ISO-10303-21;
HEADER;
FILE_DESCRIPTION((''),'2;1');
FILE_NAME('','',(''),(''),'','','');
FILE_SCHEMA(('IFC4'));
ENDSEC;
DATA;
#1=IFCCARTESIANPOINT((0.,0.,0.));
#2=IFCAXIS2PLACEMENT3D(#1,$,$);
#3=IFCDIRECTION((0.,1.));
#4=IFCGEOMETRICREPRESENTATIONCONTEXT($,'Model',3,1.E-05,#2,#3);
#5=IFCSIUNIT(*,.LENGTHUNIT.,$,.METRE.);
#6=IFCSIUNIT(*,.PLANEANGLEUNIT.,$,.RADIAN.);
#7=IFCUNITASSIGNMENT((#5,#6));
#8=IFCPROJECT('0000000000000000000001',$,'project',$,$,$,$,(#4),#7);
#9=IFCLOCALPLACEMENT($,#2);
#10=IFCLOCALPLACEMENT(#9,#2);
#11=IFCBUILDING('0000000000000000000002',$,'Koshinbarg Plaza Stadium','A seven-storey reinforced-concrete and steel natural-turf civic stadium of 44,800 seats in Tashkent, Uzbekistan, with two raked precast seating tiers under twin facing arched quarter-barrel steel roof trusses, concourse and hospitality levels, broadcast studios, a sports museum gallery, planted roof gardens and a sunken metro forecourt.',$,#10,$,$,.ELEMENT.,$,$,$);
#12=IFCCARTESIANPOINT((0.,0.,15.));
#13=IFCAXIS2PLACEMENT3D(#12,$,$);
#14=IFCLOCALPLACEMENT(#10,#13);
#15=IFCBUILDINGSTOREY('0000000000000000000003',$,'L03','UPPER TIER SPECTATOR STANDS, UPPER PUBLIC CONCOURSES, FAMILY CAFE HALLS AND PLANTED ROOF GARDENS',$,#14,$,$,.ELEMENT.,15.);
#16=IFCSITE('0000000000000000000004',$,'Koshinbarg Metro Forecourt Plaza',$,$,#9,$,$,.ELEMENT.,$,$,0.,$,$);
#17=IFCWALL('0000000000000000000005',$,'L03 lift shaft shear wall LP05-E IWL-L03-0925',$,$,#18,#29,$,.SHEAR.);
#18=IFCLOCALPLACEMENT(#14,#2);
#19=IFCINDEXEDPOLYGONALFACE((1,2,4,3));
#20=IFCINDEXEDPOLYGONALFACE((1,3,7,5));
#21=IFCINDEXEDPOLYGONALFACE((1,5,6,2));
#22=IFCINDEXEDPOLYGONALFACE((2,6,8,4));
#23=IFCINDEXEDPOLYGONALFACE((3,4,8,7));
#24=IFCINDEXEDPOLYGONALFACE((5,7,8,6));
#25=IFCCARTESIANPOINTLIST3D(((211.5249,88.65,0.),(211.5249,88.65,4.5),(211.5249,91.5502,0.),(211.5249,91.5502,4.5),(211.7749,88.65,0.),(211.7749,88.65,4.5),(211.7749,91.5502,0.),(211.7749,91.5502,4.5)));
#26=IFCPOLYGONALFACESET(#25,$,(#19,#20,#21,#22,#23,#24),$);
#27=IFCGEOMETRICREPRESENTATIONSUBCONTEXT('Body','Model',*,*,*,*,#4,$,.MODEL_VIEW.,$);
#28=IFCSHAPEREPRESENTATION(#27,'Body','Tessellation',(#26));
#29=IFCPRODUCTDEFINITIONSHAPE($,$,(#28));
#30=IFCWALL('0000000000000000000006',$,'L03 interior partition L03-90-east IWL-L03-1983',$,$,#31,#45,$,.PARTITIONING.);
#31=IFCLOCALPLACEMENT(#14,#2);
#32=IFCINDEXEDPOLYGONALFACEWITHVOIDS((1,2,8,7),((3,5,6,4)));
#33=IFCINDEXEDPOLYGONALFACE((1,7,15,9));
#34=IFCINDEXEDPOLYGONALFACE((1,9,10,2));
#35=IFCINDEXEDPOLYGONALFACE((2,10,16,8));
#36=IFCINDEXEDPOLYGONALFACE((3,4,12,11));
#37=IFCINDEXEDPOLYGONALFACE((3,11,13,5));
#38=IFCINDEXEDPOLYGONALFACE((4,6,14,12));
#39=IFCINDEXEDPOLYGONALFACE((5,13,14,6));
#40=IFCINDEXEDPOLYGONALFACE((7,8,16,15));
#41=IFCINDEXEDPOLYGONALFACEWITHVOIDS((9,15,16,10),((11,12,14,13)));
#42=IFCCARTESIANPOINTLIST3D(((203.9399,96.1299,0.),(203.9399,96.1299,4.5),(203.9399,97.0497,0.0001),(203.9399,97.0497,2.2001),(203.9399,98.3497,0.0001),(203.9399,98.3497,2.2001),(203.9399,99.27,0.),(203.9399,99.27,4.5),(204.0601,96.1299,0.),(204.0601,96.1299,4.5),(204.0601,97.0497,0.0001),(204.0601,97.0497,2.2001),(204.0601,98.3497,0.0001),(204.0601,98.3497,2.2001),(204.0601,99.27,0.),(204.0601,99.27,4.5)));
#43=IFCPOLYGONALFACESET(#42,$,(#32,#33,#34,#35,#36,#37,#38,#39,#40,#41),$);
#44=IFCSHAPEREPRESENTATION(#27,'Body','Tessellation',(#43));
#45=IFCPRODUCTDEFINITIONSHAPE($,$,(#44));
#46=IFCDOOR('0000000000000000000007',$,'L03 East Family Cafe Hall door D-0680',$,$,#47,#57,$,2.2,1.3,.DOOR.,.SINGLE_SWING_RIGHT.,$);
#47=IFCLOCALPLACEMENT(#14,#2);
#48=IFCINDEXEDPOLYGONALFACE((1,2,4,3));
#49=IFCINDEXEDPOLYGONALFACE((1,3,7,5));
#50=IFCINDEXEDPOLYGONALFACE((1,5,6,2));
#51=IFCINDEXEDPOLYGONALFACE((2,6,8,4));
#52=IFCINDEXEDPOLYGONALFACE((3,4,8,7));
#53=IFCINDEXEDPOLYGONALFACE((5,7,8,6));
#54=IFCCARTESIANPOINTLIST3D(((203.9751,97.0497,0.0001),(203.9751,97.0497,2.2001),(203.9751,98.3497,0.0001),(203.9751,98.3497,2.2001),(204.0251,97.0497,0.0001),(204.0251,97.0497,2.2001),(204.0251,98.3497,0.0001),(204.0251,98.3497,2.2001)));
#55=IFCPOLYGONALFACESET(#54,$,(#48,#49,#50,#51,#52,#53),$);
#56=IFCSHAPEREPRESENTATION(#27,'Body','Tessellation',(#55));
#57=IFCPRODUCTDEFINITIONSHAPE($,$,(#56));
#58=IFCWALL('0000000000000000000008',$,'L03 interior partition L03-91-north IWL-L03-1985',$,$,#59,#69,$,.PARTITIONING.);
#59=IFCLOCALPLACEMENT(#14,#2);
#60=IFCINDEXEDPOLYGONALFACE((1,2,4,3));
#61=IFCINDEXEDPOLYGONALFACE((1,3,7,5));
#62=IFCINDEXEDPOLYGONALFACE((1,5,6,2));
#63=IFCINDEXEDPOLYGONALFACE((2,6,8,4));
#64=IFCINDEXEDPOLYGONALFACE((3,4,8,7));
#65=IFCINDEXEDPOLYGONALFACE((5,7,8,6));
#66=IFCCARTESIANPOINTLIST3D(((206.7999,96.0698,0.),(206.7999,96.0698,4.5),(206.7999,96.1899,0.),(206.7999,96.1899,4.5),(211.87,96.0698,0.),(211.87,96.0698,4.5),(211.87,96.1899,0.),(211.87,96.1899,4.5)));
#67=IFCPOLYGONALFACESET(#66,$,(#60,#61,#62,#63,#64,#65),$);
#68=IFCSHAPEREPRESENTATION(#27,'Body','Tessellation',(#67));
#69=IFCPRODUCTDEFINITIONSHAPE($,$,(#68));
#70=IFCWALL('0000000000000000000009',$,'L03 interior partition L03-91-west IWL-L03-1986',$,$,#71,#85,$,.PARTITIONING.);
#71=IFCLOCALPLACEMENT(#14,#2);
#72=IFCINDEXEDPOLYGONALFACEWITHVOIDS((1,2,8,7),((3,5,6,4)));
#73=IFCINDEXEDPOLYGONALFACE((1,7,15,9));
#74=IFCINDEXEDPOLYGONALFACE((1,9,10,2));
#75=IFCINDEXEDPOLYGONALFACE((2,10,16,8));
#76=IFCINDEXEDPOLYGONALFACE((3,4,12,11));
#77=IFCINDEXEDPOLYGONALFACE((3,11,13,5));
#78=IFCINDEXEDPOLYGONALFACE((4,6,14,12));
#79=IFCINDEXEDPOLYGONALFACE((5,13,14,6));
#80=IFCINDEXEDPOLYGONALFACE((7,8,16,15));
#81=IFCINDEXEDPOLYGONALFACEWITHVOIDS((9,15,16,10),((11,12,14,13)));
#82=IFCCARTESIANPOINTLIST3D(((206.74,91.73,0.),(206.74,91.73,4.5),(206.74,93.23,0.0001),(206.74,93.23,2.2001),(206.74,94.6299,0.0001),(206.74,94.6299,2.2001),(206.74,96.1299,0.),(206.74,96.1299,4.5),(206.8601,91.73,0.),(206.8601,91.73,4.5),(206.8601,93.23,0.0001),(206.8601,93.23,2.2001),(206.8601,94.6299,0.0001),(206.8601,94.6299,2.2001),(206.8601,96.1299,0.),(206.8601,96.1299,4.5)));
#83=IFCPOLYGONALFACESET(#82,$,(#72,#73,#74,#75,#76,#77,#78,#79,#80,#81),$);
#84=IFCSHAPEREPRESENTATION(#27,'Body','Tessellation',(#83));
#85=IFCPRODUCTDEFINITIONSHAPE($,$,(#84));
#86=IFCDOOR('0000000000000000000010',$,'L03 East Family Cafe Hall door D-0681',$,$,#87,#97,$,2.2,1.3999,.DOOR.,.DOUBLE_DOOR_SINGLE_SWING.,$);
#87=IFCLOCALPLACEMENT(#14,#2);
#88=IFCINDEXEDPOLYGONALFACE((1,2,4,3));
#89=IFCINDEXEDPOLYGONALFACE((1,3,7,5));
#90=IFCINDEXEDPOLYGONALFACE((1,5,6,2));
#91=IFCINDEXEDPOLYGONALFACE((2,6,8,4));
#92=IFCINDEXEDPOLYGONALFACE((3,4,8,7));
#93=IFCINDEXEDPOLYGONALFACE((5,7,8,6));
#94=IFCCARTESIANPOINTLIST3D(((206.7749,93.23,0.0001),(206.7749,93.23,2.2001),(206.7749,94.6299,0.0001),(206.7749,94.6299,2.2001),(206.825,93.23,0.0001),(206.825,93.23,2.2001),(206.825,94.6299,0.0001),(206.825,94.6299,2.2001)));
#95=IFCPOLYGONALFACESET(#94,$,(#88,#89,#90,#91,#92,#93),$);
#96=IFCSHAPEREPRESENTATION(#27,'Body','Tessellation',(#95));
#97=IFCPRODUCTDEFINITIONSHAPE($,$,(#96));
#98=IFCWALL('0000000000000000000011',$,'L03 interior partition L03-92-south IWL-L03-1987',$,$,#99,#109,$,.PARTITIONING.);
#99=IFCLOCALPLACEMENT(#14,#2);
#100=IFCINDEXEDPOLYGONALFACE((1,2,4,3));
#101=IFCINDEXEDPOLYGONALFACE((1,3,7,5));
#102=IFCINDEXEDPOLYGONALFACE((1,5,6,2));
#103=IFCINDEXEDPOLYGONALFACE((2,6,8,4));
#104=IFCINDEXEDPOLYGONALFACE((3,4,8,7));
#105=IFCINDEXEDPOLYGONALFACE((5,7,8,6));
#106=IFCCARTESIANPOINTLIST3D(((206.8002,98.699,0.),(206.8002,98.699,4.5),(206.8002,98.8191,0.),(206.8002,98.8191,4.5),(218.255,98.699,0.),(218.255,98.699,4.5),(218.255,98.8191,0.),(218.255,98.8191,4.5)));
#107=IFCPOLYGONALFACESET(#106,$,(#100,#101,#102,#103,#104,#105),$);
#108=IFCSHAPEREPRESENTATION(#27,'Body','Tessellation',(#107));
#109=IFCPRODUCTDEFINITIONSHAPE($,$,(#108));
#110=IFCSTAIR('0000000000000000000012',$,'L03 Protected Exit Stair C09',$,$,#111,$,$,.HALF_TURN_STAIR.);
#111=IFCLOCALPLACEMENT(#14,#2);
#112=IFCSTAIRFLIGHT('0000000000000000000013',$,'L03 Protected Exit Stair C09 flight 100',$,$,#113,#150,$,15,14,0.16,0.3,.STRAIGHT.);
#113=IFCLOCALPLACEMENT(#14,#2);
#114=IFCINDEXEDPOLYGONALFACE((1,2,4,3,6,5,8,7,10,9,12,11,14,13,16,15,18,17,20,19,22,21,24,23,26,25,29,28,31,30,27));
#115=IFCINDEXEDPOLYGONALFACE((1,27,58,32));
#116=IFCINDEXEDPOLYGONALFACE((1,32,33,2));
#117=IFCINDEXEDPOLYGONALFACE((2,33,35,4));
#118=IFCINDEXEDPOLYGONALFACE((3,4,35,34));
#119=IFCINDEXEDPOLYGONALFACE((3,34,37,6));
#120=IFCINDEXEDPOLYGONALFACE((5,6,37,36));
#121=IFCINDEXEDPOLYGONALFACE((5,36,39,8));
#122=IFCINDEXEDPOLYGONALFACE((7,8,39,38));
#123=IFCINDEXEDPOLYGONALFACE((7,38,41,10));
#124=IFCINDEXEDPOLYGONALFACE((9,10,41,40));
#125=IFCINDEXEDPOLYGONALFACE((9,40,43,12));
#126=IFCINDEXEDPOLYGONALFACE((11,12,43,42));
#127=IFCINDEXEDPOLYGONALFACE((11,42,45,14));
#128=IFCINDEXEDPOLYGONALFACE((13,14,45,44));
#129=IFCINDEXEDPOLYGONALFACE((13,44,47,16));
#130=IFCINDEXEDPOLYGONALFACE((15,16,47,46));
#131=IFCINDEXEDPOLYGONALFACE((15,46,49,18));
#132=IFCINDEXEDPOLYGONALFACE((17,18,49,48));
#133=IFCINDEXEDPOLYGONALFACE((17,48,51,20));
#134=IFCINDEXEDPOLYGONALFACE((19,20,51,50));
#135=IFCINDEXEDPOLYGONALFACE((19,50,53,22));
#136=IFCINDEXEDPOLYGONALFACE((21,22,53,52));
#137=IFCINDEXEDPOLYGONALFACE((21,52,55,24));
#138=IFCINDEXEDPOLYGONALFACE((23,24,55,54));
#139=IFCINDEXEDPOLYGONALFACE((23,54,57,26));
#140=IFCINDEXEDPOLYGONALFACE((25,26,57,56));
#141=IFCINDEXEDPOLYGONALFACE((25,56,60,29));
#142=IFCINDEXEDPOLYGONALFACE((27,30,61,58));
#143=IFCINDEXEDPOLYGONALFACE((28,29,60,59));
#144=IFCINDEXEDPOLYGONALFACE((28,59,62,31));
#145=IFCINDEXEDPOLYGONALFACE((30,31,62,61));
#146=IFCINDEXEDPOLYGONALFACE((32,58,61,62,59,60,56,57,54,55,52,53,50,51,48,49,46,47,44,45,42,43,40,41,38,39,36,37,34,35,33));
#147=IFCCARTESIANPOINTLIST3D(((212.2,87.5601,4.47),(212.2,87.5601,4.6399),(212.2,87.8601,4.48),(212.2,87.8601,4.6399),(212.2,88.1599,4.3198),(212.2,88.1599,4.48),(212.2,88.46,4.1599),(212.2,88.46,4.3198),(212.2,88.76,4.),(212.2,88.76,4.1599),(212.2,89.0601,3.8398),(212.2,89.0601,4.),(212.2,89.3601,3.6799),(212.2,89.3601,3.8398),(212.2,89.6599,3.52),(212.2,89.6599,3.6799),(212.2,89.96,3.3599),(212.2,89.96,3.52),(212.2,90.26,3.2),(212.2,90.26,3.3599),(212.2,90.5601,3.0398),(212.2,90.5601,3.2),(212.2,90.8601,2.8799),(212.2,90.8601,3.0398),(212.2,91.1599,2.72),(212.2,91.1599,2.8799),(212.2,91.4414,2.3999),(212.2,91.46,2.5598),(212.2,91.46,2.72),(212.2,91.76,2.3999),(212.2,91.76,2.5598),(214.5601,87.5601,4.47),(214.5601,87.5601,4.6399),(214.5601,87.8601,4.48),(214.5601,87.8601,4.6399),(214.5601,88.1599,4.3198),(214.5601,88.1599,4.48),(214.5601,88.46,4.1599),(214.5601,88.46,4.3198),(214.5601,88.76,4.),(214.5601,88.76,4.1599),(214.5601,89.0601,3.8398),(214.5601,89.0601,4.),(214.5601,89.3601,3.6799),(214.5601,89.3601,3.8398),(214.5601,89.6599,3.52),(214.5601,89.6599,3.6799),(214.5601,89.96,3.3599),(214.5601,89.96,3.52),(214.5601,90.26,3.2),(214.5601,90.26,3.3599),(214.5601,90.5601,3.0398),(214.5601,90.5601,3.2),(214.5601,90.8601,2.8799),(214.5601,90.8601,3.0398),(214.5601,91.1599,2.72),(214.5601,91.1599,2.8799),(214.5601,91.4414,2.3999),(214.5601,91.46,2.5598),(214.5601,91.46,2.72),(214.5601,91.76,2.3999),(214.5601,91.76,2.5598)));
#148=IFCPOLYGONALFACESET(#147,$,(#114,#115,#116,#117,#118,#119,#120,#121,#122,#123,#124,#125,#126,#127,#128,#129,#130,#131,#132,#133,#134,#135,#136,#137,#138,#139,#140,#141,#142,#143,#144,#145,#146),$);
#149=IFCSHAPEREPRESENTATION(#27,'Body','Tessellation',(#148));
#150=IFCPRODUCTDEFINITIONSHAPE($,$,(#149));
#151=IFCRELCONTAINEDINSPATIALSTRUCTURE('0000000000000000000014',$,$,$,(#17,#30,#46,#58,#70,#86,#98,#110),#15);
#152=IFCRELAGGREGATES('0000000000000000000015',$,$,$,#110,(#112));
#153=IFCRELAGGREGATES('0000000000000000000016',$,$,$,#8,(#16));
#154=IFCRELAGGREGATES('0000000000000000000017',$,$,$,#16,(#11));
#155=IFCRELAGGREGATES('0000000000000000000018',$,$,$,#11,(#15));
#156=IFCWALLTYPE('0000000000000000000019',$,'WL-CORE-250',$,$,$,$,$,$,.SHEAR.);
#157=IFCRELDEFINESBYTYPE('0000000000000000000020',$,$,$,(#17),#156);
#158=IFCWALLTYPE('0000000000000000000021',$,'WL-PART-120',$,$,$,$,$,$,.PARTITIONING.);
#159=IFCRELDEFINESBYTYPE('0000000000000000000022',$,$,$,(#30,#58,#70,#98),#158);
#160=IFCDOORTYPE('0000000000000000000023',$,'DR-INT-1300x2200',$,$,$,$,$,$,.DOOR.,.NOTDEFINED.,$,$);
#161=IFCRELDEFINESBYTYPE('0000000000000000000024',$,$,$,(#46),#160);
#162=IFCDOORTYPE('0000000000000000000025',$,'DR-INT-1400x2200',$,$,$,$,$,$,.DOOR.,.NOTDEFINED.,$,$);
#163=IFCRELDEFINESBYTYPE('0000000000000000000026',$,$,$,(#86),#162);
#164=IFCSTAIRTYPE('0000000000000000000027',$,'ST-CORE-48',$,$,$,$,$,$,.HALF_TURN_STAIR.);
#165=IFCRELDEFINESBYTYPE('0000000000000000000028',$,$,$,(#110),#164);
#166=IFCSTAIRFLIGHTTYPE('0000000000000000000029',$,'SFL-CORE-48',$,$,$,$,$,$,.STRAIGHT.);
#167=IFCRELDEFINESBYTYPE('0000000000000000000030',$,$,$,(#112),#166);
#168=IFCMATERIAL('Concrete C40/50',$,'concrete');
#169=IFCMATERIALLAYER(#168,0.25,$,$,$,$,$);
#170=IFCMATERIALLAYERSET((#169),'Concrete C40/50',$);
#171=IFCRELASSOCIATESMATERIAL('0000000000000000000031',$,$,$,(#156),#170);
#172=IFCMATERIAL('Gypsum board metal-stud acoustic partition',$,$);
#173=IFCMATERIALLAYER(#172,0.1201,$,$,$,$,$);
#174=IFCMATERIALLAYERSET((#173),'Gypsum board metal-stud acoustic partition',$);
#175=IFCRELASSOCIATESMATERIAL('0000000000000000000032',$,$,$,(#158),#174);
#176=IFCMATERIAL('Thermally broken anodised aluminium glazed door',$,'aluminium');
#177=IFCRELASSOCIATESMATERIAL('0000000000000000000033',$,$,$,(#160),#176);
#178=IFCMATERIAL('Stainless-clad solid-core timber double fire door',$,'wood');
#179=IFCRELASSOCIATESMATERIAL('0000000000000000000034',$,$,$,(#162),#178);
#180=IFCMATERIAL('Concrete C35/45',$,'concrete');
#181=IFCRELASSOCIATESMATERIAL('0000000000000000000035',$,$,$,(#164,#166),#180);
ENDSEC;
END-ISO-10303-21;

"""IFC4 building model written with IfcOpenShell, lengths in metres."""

from ifc_helpers import new_model, si_unit, direction, frame, frame_2d, origin, place, context, subcontext, project, spatial, polyline, rectangle, outline, extrude, material, layer, layer_set, type_object, element, fill, aggregate, save


model = new_model("IFC4")

# Units and contexts
model_context = context("Model", 3, precision=1e-05, world=origin(), true_north=direction((0.0, 1.0)))
body_context = subcontext(model_context, "Body", "Model", "MODEL_VIEW")
ifc_project = project(units=[si_unit("LENGTHUNIT", "METRE"), si_unit("PLANEANGLEUNIT", "RADIAN")], contexts=[model_context])

# Site, building, storey
site_placement = place(None, origin())
site = spatial("IfcSite", under=ifc_project, at=site_placement, Name="Koshinbarg Metro Forecourt Plaza", CompositionType="ELEMENT", RefElevation=0.0)
building_placement = place(site_placement, origin())
building = spatial("IfcBuilding", under=site, at=building_placement, Name="Koshinbarg Plaza Stadium", Description="A seven-storey reinforced-concrete and steel natural-turf civic stadium of 44,800 seats in Tashkent, Uzbekistan, with two raked precast seating tiers under twin facing arched quarter-barrel steel roof trusses, concourse and hospitality levels, broadcast studios, a sports museum gallery, planted roof gardens and a sunken metro forecourt.", CompositionType="ELEMENT")
storey_placement = place(building_placement, frame((0.0, 0.0, 15.0)))
storey = spatial("IfcBuildingStorey", under=building, at=storey_placement, Name="L03", Description="UPPER TIER SPECTATOR STANDS, UPPER PUBLIC CONCOURSES, FAMILY CAFE HALLS AND PLANTED ROOF GARDENS", CompositionType="ELEMENT", Elevation=15.0)

# Shared definitions
ifc_material_1 = material(Name="Concrete C40/50", Category="concrete")

# Shared definitions
ifc_layer_1 = layer(ifc_material_1, 0.25)
ifc_layer_set_1 = layer_set([ifc_layer_1], Name="Concrete C40/50")
wall_type_1 = type_object("IfcWallType", Name="WL-CORE-250", PredefinedType="SHEAR", material=ifc_layer_set_1)

# Wall
for number, where, z_axis, x_axis, name in (
    (1, (211.6499, 88.6499, 0.0), (0.0, 0.0, 1.0), (0.0, 1.0, 0.0), "L03 lift shaft shear wall LP05-E IWL-L03-0925"),
):
    element("IfcWall", number, at=place(storey_placement, frame(where, z_axis=z_axis, x_axis=x_axis)), inside=storey, type_object=wall_type_1, Name=name, PredefinedType="SHEAR", context=body_context, shape_type="SweptSolid", body=[
        extrude(rectangle(XDim=2.9001, YDim=0.25, at=frame_2d((1.4502, 0.0))), origin(), (0.0, 0.0, 1.0), 4.5),
    ])

# Wall, opening, door
ifc_material_2 = material(Name="Gypsum board metal-stud acoustic partition")
ifc_layer_2 = layer(ifc_material_2, 0.1201)
ifc_layer_set_2 = layer_set([ifc_layer_2], Name="Gypsum board metal-stud acoustic partition")
wall_type_2 = type_object("IfcWallType", Name="WL-PART-120", PredefinedType="PARTITIONING", material=ifc_layer_set_2)
wall_1_placement = place(storey_placement, frame((204.0, 96.1299, 0.0), z_axis=(0.0, 0.0, 1.0), x_axis=(0.0, 1.0, 0.0)))
wall_1 = element("IfcWall", 2, at=wall_1_placement, inside=storey, type_object=wall_type_2, Name="L03 interior partition L03-90-east IWL-L03-1983", PredefinedType="PARTITIONING", context=body_context, shape_type="SweptSolid", body=[
    extrude(rectangle(XDim=3.1401, YDim=0.1201, at=frame_2d((1.5701, 0.0))), origin(), (0.0, 0.0, 1.0), 4.5),
])
opening_1_placement = place(wall_1_placement, frame((0.9199, 0.0, 0.0)))
opening_1 = element("IfcOpeningElement", 3, at=opening_1_placement, cuts=wall_1, PredefinedType="OPENING", context=body_context, shape_type="SweptSolid", body=[
    extrude(rectangle(XDim=1.3, YDim=2.2, at=frame_2d((0.6499, 1.1001))), frame((0.0, 0.0701, 0.0), z_axis=(0.0, -1.0, 0.0), x_axis=(1.0, 0.0, 0.0)), (0.0, 0.0, 1.0), 0.1401),
])
ifc_material_3 = material(Name="Thermally broken anodised aluminium glazed door", Category="aluminium")
door_type_1 = type_object("IfcDoorType", Name="DR-INT-1300x2200", OperationType="NOTDEFINED", PredefinedType="DOOR", material=ifc_material_3)
door_1_placement = place(opening_1_placement, origin())
door_1 = element("IfcDoor", 4, at=door_1_placement, inside=storey, type_object=door_type_1, Name="L03 East Family Cafe Hall door D-0680", OperationType="SINGLE_SWING_RIGHT", OverallHeight=2.2, OverallWidth=1.3, PredefinedType="DOOR", context=body_context, shape_type="SweptSolid", body=[
    extrude(rectangle(XDim=1.3, YDim=2.2, at=frame_2d((0.6499, 1.1001))), frame((0.0, 0.0249, 0.0), z_axis=(0.0, -1.0, 0.0), x_axis=(1.0, 0.0, 0.0)), (0.0, 0.0, 1.0), 0.05),
])
fill(opening_1, door_1)

# Wall
wall_2_placement = place(storey_placement, frame((211.8701, 96.1299, 0.0), z_axis=(0.0, 0.0, 1.0), x_axis=(-1.0, 0.0, 0.0)))
element("IfcWall", 5, at=wall_2_placement, inside=storey, type_object=wall_type_2, Name="L03 interior partition L03-91-north IWL-L03-1985", PredefinedType="PARTITIONING", context=body_context, shape_type="SweptSolid", body=[
    extrude(rectangle(XDim=5.0701, YDim=0.1201, at=frame_2d((2.5352, 0.0))), origin(), (0.0, 0.0, 1.0), 4.5),
])

# Wall, opening, door
wall_3_placement = place(storey_placement, frame((206.8, 96.1299, 0.0), z_axis=(0.0, 0.0, 1.0), x_axis=(0.0, -1.0, 0.0)))
wall_3 = element("IfcWall", 6, at=wall_3_placement, inside=storey, type_object=wall_type_2, Name="L03 interior partition L03-91-west IWL-L03-1986", PredefinedType="PARTITIONING", context=body_context, shape_type="SweptSolid", body=[
    extrude(rectangle(XDim=4.3999, YDim=0.1201, at=frame_2d((2.2, 0.0))), origin(), (0.0, 0.0, 1.0), 4.5),
])
opening_2_placement = place(wall_3_placement, frame((1.5, 0.0, 0.0)))
opening_2 = element("IfcOpeningElement", 7, at=opening_2_placement, cuts=wall_3, PredefinedType="OPENING", context=body_context, shape_type="SweptSolid", body=[
    extrude(rectangle(XDim=1.3999, YDim=2.2, at=frame_2d((0.7, 1.1001))), frame((0.0, 0.0701, 0.0), z_axis=(0.0, -1.0, 0.0), x_axis=(1.0, 0.0, 0.0)), (0.0, 0.0, 1.0), 0.1401),
])
ifc_material_4 = material(Name="Stainless-clad solid-core timber double fire door", Category="wood")
door_type_2 = type_object("IfcDoorType", Name="DR-INT-1400x2200", OperationType="NOTDEFINED", PredefinedType="DOOR", material=ifc_material_4)
door_2_placement = place(opening_2_placement, origin())
door_2 = element("IfcDoor", 8, at=door_2_placement, inside=storey, type_object=door_type_2, Name="L03 East Family Cafe Hall door D-0681", OperationType="DOUBLE_DOOR_SINGLE_SWING", OverallHeight=2.2, OverallWidth=1.3999, PredefinedType="DOOR", context=body_context, shape_type="SweptSolid", body=[
    extrude(rectangle(XDim=1.3999, YDim=2.2, at=frame_2d((0.7, 1.1001))), frame((0.0, 0.0249, 0.0), z_axis=(0.0, -1.0, 0.0), x_axis=(1.0, 0.0, 0.0)), (0.0, 0.0, 1.0), 0.05),
])
fill(opening_2, door_2)

# Wall
wall_4_placement = place(storey_placement, frame((206.8, 98.759, 0.0), z_axis=(0.0, 0.0, 1.0), x_axis=(1.0, 0.0, 0.0)))
element("IfcWall", 9, at=wall_4_placement, inside=storey, type_object=wall_type_2, Name="L03 interior partition L03-92-south IWL-L03-1987", PredefinedType="PARTITIONING", context=body_context, shape_type="SweptSolid", body=[
    extrude(rectangle(XDim=11.4548, YDim=0.1201, at=frame_2d((5.7275, 0.0))), origin(), (0.0, 0.0, 1.0), 4.5),
])

# Stair, stair flight
ifc_material_5 = material(Name="Concrete C35/45", Category="concrete")
stair_type = type_object("IfcStairType", Name="ST-CORE-48", PredefinedType="HALF_TURN_STAIR", material=ifc_material_5)
stair_placement = place(storey_placement, origin())
stair = element("IfcStair", 10, at=stair_placement, inside=storey, type_object=stair_type, Name="L03 Protected Exit Stair C09", PredefinedType="HALF_TURN_STAIR")
stair_flight_type = type_object("IfcStairFlightType", Name="SFL-CORE-48", PredefinedType="STRAIGHT", material=ifc_material_5)
stair_flight_placement = place(storey_placement, frame((213.3799, 91.76, 2.3999), z_axis=(0.0, 0.0, 1.0), x_axis=(0.0, -1.0, 0.0)))
stair_flight = element("IfcStairFlight", 11, at=stair_flight_placement, type_object=stair_flight_type, Name="L03 Protected Exit Stair C09 flight 100", NumberOfRisers=15, NumberOfTreads=14, PredefinedType="STRAIGHT", RiserHeight=0.16, TreadLength=0.3, context=body_context, shape_type="SweptSolid", body=[
    extrude(outline(polyline([(0.0, 0.0), (0.0, 0.1599), (0.3, 0.1599), (0.3, 0.3201), (0.6001, 0.3201), (0.6001, 0.48), (0.8999, 0.48), (0.8999, 0.6399), (1.2, 0.6399), (1.2, 0.8), (1.5, 0.8), (1.5, 0.96), (1.8, 0.96), (1.8, 1.1201), (2.1001, 1.1201), (2.1001, 1.28), (2.3999, 1.28), (2.3999, 1.4399), (2.7, 1.4399), (2.7, 1.6001), (3.0, 1.6001), (3.0, 1.76), (3.3, 1.76), (3.3, 1.9199), (3.6001, 1.9199), (3.6001, 2.0801), (3.8999, 2.0801), (3.8999, 2.24), (4.2, 2.24), (4.2, 2.3999), (4.2, 2.0701), (0.3186, 0.0), (0.0, 0.0)])), frame((0.0, 1.1802, 0.0), z_axis=(0.0, -1.0, 0.0), x_axis=(1.0, 0.0, 0.0)), (0.0, 0.0, 1.0), 2.3601),
])
aggregate(stair, [stair_flight])

save(model, "model.ifc")
